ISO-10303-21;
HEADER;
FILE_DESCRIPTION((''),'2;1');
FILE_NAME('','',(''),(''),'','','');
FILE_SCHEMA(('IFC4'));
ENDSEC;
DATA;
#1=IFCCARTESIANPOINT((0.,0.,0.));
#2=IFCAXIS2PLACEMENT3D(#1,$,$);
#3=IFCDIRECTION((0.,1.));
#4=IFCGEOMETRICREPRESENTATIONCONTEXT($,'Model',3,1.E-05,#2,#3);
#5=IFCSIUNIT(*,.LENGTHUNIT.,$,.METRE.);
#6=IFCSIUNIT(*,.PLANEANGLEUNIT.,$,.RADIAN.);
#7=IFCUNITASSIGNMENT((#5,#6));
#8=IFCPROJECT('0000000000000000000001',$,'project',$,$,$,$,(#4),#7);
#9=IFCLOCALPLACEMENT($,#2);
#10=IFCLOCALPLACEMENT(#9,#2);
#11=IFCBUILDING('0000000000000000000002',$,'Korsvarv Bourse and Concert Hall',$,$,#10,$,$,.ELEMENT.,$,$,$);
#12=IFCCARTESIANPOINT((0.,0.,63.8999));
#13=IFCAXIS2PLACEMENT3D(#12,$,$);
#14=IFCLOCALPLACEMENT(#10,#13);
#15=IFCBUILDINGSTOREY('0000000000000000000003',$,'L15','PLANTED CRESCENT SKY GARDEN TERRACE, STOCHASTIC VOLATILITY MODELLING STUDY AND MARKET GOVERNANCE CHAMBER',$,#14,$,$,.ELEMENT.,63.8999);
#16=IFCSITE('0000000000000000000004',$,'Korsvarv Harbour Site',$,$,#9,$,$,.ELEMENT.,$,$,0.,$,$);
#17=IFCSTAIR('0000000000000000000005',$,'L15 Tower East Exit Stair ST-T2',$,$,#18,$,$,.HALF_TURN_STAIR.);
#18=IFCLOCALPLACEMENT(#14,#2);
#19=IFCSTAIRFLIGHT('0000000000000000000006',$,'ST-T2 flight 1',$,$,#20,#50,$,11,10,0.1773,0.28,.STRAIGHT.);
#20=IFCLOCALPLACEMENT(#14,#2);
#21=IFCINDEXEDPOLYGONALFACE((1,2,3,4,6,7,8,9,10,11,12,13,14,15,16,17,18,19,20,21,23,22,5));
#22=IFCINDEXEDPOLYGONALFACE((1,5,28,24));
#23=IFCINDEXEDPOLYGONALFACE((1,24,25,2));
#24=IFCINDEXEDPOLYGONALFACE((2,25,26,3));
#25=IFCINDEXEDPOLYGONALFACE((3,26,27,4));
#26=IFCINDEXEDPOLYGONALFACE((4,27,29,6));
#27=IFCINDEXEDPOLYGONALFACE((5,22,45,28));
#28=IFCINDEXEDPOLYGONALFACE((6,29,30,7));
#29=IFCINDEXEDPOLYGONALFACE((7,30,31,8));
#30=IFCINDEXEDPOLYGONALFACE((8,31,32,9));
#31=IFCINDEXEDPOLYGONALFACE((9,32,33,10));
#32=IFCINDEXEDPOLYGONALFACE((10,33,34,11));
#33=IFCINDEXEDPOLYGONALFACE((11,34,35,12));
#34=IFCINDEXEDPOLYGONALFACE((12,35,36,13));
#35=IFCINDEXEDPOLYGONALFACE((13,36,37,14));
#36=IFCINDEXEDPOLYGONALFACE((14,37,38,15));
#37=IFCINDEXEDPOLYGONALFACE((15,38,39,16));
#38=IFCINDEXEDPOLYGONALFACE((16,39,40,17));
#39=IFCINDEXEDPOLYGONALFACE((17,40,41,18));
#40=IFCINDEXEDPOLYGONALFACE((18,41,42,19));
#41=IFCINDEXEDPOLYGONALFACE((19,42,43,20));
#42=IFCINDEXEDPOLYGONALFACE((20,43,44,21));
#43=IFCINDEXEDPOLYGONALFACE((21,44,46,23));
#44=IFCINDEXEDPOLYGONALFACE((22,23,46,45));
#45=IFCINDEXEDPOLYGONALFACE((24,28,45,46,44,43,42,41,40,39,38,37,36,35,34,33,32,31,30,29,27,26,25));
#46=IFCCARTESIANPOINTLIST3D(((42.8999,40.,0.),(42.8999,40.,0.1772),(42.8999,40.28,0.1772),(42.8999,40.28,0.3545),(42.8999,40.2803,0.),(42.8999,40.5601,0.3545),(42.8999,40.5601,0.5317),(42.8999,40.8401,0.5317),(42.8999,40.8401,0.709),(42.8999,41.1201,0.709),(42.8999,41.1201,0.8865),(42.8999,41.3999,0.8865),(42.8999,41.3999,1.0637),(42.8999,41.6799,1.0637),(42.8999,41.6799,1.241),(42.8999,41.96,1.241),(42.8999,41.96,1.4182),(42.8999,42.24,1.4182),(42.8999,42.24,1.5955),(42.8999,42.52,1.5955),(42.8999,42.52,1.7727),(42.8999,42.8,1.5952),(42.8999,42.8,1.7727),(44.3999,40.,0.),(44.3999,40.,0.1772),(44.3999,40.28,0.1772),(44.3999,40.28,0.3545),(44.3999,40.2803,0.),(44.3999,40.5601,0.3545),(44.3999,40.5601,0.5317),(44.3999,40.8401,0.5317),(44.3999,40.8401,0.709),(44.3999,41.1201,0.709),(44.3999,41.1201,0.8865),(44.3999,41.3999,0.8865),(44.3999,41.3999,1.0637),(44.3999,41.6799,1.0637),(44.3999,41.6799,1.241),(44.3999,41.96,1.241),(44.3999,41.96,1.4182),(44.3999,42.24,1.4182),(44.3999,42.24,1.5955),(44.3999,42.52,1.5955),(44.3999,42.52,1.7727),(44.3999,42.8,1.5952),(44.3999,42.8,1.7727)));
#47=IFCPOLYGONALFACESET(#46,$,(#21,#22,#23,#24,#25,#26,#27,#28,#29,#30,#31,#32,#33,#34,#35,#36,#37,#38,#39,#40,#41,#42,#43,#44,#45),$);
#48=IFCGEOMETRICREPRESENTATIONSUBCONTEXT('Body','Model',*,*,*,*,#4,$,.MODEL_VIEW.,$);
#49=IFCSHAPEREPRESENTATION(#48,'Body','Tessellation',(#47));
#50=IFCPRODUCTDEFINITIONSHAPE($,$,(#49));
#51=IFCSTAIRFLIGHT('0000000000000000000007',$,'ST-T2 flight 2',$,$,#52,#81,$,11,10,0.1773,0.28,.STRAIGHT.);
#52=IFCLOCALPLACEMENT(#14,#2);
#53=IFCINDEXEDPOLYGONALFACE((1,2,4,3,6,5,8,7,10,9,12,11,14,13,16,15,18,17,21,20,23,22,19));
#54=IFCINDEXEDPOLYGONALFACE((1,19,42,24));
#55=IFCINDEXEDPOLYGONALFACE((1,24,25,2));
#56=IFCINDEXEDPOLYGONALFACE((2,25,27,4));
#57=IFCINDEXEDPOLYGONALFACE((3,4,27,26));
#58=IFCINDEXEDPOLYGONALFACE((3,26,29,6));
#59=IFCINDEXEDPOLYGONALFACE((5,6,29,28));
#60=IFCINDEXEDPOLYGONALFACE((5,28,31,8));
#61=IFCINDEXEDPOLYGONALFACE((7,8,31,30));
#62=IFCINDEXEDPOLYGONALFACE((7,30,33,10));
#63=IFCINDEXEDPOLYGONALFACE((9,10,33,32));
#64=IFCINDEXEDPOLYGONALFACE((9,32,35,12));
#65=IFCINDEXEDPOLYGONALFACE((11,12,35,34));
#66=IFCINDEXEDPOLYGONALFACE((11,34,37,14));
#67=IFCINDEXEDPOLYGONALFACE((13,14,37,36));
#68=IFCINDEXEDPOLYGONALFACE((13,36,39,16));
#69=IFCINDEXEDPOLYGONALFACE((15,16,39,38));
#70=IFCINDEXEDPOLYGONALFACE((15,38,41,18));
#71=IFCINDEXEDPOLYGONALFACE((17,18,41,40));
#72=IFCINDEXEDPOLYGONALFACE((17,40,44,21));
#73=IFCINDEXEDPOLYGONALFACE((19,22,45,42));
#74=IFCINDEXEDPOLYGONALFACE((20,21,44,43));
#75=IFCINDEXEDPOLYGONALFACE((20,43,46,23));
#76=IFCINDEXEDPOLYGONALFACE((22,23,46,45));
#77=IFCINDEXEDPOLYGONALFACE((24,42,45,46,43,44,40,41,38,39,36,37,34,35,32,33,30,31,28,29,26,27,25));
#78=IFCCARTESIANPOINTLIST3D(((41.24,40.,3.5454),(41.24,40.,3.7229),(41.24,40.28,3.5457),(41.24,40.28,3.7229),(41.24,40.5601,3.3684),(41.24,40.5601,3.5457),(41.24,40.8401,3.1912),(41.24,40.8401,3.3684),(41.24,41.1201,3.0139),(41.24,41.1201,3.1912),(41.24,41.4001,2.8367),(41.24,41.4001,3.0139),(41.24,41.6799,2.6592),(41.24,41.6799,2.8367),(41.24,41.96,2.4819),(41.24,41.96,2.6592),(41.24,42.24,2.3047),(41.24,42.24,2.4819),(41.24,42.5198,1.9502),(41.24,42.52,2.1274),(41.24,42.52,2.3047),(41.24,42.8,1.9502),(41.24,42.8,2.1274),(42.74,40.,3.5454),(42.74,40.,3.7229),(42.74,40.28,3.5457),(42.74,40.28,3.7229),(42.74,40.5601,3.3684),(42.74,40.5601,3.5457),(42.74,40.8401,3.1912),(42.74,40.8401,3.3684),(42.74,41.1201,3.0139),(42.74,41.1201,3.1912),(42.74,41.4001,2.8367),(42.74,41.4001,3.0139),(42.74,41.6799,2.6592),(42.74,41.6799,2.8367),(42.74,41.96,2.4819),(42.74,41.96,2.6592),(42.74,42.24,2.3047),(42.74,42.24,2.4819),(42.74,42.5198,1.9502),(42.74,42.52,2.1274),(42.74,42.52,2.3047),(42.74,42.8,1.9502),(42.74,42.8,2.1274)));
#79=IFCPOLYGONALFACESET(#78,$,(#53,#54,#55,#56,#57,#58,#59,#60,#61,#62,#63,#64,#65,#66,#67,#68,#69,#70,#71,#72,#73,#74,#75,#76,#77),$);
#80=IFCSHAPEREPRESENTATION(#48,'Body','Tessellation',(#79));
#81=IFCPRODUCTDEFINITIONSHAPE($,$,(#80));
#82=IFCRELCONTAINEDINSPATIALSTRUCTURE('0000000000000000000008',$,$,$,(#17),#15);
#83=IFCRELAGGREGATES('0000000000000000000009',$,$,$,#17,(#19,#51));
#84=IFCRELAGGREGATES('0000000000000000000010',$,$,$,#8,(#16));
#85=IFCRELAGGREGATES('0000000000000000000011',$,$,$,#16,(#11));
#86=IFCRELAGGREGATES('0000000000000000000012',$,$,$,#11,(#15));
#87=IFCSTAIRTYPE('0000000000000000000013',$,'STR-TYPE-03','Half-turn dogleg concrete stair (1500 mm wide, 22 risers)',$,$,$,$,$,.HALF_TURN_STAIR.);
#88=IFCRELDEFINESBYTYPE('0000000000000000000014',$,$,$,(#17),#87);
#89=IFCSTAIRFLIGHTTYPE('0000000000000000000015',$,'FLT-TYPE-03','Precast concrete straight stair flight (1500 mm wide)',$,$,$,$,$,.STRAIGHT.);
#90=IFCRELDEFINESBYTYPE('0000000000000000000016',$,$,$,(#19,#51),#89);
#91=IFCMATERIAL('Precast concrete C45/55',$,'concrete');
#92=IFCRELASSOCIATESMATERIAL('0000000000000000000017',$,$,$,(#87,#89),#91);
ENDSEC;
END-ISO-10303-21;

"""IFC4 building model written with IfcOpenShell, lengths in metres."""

from ifc_helpers import new_model, si_unit, direction, frame, origin, place, context, subcontext, project, spatial, polyline, outline, extrude, material, type_object, element, aggregate, save


model = new_model("IFC4")

# Units and contexts
model_context = context("Model", 3, precision=1e-05, world=origin(), true_north=direction((0.0, 1.0)))
body_context = subcontext(model_context, "Body", "Model", "MODEL_VIEW")
ifc_project = project(units=[si_unit("LENGTHUNIT", "METRE"), si_unit("PLANEANGLEUNIT", "RADIAN")], contexts=[model_context])

# Site, building, storey
site_placement = place(None, origin())
site = spatial("IfcSite", under=ifc_project, at=site_placement, Name="Korsvarv Harbour Site", CompositionType="ELEMENT", RefElevation=0.0)
building_placement = place(site_placement, origin())
building = spatial("IfcBuilding", under=site, at=building_placement, Name="Korsvarv Bourse and Concert Hall", CompositionType="ELEMENT")
storey_placement = place(building_placement, frame((0.0, 0.0, 63.8999)))
storey = spatial("IfcBuildingStorey", under=building, at=storey_placement, Name="L15", Description="PLANTED CRESCENT SKY GARDEN TERRACE, STOCHASTIC VOLATILITY MODELLING STUDY AND MARKET GOVERNANCE CHAMBER", CompositionType="ELEMENT", Elevation=63.8999)

# Stair, stair flights
ifc_material_1 = material(Name="Precast concrete C45/55", Category="concrete")
stair_type = type_object("IfcStairType", Name="STR-TYPE-03", Description="Half-turn dogleg concrete stair (1500 mm wide, 22 risers)", PredefinedType="HALF_TURN_STAIR", material=ifc_material_1)
stair_placement = place(storey_placement, origin())
stair = element("IfcStair", 1, at=stair_placement, inside=storey, type_object=stair_type, Name="L15 Tower East Exit Stair ST-T2", PredefinedType="HALF_TURN_STAIR")
stair_flight_type = type_object("IfcStairFlightType", Name="FLT-TYPE-03", Description="Precast concrete straight stair flight (1500 mm wide)", PredefinedType="STRAIGHT", material=ifc_material_1)
stair_flight_1_placement = place(storey_placement, frame((43.6499, 40.0, 0.0), z_axis=(0.0, 0.0, 1.0), x_axis=(0.0, 1.0, 0.0)))
stair_flight_1 = element("IfcStairFlight", 2, at=stair_flight_1_placement, type_object=stair_flight_type, Name="ST-T2 flight 1", NumberOfRisers=11, NumberOfTreads=10, PredefinedType="STRAIGHT", RiserHeight=0.1773, TreadLength=0.28, context=body_context, shape_type="SweptSolid", body=[
    extrude(outline(polyline([(0.0, 0.0), (0.0, 0.1772), (0.28, 0.1772), (0.28, 0.3545), (0.5601, 0.3545), (0.5601, 0.5317), (0.8401, 0.5317), (0.8401, 0.709), (1.1201, 0.709), (1.1201, 0.8865), (1.3999, 0.8865), (1.3999, 1.0637), (1.6799, 1.0637), (1.6799, 1.241), (1.96, 1.241), (1.96, 1.4182), (2.24, 1.4182), (2.24, 1.5955), (2.52, 1.5955), (2.52, 1.7727), (2.8, 1.7727), (2.8, 1.95), (2.8, 1.5952), (0.2803, 0.0), (0.0, 0.0)])), frame((0.0, 0.75, 0.0), z_axis=(0.0, -1.0, 0.0), x_axis=(1.0, 0.0, 0.0)), (0.0, 0.0, 1.0), 1.5),
])
stair_flight_2_placement = place(storey_placement, frame((41.99, 42.8, 1.9502), z_axis=(0.0, 0.0, 1.0), x_axis=(0.0, -1.0, 0.0)))
stair_flight_2 = element("IfcStairFlight", 3, at=stair_flight_2_placement, type_object=stair_flight_type, Name="ST-T2 flight 2", NumberOfRisers=11, NumberOfTreads=10, PredefinedType="STRAIGHT", RiserHeight=0.1773, TreadLength=0.28, context=body_context, shape_type="SweptSolid", body=[
    extrude(outline(polyline([(0.0, 0.0), (0.0, 0.1772), (0.28, 0.1772), (0.28, 0.3545), (0.5601, 0.3545), (0.5601, 0.5317), (0.8401, 0.5317), (0.8401, 0.709), (1.1201, 0.709), (1.1201, 0.8865), (1.3999, 0.8865), (1.3999, 1.0637), (1.6799, 1.0637), (1.6799, 1.241), (1.96, 1.241), (1.96, 1.4182), (2.24, 1.4182), (2.24, 1.5955), (2.52, 1.5955), (2.52, 1.7727), (2.8, 1.7727), (2.8, 1.95), (2.8, 1.5952), (0.2803, 0.0), (0.0, 0.0)])), frame((0.0, 0.75, 0.0), z_axis=(0.0, -1.0, 0.0), x_axis=(1.0, 0.0, 0.0)), (0.0, 0.0, 1.0), 1.5),
])
aggregate(stair, [stair_flight_1, stair_flight_2])

save(model, "model.ifc")
